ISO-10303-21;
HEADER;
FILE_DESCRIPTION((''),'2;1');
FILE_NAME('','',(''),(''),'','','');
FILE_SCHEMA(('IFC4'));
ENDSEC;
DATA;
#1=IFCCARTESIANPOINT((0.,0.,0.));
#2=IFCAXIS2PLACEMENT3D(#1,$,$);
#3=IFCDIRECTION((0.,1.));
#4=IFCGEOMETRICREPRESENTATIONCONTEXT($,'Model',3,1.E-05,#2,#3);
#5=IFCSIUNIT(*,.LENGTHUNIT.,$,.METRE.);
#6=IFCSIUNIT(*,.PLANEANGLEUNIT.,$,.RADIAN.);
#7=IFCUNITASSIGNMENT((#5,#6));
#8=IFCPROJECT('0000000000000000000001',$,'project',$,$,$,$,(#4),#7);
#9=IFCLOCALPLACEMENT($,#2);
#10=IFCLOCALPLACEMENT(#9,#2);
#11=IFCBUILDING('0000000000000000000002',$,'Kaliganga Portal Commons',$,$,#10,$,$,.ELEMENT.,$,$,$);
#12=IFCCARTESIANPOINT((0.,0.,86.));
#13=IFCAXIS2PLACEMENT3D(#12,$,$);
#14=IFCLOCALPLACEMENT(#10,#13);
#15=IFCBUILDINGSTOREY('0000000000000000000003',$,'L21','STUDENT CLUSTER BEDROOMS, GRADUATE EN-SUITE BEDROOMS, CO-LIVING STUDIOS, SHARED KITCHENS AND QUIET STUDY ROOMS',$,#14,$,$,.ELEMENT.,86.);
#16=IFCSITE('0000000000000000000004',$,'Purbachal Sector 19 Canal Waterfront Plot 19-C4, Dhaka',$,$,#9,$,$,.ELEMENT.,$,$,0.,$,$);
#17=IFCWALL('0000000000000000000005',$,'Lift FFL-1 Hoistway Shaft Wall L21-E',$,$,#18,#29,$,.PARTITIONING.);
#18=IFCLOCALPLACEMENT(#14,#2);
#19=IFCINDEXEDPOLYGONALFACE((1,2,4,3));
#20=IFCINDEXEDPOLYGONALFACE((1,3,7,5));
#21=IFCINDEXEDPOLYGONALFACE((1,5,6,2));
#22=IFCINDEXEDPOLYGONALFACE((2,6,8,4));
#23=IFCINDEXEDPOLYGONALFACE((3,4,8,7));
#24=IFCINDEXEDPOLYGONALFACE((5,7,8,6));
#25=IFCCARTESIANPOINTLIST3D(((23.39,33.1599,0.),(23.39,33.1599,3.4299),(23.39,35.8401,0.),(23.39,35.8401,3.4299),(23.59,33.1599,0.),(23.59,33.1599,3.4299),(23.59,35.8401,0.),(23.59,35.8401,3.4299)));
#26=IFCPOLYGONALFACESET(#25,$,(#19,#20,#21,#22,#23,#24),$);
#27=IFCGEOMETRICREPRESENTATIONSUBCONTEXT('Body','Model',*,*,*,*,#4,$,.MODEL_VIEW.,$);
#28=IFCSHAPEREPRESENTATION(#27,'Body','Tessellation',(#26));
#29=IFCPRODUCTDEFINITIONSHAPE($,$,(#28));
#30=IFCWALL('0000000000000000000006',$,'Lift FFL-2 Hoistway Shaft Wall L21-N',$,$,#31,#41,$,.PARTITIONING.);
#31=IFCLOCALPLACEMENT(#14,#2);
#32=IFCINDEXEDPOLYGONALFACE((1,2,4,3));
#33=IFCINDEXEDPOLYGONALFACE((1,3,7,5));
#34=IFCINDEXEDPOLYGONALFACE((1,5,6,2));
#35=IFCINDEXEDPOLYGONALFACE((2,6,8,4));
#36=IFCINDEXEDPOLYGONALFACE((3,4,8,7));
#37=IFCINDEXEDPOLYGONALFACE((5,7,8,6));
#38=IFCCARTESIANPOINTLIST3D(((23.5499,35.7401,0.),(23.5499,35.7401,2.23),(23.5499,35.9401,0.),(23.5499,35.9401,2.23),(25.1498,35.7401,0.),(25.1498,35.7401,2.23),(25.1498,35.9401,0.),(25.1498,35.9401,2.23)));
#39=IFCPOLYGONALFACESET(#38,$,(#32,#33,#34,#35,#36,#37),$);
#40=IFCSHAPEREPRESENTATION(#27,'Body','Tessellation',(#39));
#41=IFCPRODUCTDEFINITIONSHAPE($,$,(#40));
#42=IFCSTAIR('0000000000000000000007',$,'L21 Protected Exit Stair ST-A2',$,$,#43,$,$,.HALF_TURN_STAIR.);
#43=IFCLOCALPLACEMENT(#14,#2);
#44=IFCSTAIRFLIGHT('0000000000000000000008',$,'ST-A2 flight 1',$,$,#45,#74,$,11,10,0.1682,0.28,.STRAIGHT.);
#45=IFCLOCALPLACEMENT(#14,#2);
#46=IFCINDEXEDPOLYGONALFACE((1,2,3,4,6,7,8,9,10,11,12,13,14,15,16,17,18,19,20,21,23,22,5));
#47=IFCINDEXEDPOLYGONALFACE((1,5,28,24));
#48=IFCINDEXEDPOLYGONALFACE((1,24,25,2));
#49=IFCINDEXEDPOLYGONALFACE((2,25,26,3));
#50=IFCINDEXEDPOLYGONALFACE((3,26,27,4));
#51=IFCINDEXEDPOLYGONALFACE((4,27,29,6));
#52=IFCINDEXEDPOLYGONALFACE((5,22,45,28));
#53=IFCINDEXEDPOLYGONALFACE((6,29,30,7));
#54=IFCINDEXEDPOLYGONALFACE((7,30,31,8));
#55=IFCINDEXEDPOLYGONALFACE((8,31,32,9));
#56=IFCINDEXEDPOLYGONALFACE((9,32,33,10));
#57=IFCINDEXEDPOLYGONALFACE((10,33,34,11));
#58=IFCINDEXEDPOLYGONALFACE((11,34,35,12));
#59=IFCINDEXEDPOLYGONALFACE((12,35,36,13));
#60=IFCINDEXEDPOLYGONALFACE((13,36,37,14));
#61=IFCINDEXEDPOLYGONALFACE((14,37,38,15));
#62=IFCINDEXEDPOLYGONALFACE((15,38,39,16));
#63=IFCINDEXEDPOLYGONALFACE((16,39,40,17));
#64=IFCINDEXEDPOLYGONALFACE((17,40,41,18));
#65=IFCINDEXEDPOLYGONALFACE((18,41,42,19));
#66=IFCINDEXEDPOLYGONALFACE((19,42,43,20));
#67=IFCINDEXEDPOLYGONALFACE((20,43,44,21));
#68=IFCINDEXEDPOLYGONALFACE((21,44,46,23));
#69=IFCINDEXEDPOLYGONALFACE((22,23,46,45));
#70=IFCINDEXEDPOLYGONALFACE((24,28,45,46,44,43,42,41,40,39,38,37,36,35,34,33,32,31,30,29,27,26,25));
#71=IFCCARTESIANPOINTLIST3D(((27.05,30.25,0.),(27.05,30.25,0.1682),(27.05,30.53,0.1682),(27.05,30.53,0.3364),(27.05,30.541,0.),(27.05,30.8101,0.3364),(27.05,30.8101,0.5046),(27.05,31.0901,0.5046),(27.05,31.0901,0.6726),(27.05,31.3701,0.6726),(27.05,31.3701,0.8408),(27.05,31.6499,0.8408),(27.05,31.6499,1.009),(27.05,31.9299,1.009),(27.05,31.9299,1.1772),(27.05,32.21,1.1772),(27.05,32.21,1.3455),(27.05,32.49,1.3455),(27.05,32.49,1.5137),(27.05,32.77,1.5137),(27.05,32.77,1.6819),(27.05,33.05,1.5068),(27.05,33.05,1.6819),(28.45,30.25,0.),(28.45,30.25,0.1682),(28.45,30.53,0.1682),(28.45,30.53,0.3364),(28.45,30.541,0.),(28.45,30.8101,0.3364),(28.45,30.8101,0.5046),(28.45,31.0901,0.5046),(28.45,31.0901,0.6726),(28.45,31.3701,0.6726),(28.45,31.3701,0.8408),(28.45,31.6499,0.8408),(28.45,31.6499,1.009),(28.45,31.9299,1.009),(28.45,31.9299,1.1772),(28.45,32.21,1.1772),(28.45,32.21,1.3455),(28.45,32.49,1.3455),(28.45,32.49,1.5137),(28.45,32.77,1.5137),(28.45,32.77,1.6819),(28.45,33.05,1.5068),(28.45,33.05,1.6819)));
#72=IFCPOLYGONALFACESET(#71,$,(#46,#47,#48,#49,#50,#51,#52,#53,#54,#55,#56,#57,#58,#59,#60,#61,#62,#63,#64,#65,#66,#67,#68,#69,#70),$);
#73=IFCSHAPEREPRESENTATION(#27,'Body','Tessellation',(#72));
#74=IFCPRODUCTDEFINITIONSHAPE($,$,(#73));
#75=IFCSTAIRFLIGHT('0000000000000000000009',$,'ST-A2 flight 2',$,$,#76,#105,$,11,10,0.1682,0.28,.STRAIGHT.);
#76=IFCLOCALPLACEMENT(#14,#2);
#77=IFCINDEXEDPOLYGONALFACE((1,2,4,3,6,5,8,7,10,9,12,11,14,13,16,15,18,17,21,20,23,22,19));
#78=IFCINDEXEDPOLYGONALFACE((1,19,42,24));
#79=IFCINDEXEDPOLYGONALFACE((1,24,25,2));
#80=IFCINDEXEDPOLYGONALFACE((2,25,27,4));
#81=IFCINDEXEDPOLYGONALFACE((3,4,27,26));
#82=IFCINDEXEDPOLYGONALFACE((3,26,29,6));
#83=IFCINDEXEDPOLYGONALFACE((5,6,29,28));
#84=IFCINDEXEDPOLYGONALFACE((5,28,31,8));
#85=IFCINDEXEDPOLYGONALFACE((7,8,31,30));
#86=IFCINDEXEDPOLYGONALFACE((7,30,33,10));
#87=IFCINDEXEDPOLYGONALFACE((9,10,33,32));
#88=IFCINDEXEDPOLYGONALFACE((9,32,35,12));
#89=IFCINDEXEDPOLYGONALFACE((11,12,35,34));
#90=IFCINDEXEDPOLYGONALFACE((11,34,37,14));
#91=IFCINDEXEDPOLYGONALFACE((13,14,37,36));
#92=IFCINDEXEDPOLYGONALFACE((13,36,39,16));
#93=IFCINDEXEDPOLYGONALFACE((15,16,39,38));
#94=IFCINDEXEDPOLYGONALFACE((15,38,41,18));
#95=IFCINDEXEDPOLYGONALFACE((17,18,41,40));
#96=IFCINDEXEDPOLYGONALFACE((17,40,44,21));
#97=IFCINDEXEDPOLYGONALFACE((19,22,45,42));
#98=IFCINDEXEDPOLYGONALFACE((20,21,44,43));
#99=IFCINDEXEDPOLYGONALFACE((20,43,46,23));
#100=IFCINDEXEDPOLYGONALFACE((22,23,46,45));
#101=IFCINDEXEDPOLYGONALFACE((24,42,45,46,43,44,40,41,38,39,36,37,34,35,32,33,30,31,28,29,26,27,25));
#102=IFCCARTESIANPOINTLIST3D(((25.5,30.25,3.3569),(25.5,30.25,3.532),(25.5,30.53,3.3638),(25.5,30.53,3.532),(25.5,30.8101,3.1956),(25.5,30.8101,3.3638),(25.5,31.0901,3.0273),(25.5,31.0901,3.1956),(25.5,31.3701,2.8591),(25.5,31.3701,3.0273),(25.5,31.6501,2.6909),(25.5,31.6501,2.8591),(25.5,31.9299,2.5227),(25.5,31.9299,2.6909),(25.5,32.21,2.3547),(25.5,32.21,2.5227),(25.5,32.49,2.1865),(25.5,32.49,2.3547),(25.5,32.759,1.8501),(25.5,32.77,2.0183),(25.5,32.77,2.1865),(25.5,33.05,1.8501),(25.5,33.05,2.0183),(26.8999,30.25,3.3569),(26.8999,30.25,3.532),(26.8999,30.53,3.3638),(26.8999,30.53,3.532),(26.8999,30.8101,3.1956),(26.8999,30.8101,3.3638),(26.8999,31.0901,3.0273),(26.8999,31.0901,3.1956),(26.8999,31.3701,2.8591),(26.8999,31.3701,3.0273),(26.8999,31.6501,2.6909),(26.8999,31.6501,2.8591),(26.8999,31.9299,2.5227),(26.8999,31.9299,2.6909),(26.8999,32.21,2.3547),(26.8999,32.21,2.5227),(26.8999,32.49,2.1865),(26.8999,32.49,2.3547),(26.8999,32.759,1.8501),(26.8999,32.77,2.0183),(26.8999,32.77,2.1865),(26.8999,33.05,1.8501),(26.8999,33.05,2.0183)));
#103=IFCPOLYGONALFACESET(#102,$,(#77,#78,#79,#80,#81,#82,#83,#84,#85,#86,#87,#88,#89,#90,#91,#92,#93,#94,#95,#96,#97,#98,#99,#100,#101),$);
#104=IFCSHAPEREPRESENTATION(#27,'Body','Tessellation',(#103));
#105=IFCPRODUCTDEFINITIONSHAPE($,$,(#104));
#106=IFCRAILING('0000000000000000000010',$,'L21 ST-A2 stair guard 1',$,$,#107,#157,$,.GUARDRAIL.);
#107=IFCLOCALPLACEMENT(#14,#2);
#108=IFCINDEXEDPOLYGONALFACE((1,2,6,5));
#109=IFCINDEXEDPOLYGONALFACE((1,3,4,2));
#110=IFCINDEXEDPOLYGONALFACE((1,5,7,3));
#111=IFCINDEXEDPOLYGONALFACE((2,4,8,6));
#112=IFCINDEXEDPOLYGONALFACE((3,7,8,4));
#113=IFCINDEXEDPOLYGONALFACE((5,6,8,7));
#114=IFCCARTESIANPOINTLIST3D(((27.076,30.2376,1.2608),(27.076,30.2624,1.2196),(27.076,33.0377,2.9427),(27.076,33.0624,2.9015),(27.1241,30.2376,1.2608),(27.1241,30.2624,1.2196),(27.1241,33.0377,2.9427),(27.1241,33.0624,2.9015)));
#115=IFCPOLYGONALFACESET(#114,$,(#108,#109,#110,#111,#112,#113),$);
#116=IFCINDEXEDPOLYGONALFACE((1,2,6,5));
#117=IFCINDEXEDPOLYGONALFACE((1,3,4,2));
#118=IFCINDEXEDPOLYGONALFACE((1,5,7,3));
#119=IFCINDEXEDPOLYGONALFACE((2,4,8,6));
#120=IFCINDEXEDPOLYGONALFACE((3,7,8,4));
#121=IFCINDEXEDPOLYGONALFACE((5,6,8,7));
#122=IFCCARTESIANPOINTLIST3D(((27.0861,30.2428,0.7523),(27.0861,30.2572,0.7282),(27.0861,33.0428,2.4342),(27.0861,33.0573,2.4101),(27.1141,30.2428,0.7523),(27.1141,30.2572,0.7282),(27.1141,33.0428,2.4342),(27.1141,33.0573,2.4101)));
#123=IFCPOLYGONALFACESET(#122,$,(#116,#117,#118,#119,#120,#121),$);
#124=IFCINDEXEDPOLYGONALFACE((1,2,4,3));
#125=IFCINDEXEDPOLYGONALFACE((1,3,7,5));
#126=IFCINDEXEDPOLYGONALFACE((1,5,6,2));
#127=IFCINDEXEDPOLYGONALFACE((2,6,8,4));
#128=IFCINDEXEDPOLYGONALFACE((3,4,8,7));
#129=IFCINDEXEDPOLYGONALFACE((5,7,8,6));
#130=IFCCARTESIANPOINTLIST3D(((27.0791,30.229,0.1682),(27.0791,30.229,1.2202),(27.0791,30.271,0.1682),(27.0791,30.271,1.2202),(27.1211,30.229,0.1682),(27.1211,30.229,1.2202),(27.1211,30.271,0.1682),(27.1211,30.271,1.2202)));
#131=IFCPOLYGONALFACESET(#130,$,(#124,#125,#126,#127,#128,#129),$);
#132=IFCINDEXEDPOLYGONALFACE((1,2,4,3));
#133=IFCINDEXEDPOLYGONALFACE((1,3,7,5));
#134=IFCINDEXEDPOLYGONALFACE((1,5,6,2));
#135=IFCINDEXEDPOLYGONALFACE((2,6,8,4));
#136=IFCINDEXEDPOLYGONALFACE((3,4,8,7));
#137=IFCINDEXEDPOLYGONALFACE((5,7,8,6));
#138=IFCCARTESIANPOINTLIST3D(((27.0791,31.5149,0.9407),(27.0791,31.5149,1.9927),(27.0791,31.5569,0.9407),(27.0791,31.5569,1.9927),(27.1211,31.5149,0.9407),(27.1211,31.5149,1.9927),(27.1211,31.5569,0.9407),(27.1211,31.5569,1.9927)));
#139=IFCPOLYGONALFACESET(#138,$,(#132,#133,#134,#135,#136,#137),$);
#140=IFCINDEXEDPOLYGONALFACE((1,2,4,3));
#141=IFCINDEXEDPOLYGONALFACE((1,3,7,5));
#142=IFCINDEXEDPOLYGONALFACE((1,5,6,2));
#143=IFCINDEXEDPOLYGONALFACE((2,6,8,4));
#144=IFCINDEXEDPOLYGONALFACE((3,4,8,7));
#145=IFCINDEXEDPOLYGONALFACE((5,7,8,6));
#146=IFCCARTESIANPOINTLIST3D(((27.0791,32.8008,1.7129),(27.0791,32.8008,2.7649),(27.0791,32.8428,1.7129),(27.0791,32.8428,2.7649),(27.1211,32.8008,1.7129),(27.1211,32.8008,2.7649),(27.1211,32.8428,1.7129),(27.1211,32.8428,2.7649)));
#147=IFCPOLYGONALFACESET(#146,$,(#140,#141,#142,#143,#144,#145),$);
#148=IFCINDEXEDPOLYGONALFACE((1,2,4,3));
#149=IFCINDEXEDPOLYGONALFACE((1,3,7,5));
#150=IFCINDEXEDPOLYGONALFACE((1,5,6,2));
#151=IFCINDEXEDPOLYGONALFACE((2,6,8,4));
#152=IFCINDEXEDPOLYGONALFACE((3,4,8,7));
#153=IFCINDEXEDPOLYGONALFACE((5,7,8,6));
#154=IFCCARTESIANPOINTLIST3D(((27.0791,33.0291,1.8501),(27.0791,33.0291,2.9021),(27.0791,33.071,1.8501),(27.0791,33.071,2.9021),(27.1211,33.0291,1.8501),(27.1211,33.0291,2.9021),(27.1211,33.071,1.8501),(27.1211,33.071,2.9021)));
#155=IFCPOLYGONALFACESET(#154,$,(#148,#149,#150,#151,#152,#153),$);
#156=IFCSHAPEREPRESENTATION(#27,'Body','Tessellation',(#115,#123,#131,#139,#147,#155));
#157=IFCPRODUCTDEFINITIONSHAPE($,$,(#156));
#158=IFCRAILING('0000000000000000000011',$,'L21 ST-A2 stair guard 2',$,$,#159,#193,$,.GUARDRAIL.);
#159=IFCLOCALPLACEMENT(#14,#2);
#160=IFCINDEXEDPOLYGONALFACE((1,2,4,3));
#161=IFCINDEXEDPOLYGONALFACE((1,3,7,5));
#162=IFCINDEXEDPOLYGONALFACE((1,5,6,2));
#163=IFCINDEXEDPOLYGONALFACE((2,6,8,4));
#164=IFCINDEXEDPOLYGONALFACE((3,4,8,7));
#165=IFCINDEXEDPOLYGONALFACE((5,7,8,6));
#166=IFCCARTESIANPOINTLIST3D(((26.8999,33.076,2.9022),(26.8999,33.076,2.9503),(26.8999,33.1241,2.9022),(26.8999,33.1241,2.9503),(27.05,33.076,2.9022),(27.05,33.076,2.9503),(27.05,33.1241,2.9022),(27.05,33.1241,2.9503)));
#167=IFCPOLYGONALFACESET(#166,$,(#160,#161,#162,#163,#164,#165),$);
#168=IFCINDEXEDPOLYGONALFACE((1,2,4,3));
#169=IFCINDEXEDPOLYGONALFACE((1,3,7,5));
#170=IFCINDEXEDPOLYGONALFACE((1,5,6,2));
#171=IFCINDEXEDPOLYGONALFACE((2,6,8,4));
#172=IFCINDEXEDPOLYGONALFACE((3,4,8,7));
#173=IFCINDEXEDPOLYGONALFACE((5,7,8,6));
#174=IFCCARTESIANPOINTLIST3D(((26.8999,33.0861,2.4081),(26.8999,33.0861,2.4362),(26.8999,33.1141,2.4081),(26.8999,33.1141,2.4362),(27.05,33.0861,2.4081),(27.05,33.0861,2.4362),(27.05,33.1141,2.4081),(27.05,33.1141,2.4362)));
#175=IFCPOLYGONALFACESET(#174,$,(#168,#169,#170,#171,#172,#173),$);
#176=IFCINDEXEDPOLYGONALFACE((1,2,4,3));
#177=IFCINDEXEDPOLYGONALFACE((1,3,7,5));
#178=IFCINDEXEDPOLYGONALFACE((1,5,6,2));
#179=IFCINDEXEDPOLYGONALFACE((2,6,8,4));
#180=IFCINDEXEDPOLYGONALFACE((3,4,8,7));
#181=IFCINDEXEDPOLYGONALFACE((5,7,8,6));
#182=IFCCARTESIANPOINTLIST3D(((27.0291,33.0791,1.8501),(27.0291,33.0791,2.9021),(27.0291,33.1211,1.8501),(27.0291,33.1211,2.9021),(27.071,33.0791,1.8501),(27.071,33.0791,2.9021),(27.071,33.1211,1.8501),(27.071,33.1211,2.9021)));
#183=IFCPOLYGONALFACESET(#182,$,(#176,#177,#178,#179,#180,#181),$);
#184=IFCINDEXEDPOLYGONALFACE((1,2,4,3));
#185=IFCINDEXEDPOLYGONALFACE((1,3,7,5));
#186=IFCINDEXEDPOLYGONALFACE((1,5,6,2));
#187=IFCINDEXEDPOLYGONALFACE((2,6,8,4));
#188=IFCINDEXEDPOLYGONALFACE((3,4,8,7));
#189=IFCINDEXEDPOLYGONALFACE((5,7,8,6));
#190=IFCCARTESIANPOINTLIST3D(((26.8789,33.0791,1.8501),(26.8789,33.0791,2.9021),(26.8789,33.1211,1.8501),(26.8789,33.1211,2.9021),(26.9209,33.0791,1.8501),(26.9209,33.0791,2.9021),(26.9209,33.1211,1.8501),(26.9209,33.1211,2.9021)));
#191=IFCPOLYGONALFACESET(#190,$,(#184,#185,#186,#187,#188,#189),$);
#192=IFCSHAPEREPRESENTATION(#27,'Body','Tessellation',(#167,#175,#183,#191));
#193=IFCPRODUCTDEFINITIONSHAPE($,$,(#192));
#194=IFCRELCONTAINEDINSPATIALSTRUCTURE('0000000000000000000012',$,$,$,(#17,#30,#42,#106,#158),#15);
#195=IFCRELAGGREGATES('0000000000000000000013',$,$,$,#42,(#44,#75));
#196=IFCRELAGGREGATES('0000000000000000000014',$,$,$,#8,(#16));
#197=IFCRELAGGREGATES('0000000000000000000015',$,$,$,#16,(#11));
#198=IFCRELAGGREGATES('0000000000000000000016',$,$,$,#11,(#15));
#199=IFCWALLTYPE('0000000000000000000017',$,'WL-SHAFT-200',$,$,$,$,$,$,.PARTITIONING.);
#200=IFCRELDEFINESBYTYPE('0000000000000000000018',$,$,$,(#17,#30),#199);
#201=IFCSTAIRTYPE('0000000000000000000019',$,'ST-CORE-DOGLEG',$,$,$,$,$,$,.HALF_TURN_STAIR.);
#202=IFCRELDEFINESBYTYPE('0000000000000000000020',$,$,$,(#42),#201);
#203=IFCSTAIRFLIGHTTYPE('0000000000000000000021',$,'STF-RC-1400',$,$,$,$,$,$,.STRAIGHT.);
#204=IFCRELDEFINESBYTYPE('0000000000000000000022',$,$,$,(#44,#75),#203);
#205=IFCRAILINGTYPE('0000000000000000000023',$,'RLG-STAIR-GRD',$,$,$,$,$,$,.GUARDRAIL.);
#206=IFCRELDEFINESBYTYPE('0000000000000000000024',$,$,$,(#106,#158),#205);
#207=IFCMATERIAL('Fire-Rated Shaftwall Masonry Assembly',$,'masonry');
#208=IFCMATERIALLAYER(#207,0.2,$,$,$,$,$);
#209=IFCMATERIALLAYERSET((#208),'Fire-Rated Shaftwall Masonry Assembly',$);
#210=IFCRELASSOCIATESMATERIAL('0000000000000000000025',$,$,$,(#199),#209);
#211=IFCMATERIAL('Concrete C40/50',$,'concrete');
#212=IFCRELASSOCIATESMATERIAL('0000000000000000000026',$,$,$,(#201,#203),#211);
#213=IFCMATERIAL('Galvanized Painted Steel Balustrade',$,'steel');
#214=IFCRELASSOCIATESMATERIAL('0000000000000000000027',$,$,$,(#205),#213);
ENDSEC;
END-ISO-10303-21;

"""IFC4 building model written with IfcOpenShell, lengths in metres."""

from ifc_helpers import new_model, si_unit, direction, frame, frame_2d, origin, origin_2d, place, context, subcontext, project, spatial, polyline, rectangle, outline, extrude, material, layer, layer_set, type_object, element, aggregate, save


model = new_model("IFC4")

# Units and contexts
model_context = context("Model", 3, precision=1e-05, world=origin(), true_north=direction((0.0, 1.0)))
body_context = subcontext(model_context, "Body", "Model", "MODEL_VIEW")
ifc_project = project(units=[si_unit("LENGTHUNIT", "METRE"), si_unit("PLANEANGLEUNIT", "RADIAN")], contexts=[model_context])

# Site, building, storey
site_placement = place(None, origin())
site = spatial("IfcSite", under=ifc_project, at=site_placement, Name="Purbachal Sector 19 Canal Waterfront Plot 19-C4, Dhaka", CompositionType="ELEMENT", RefElevation=0.0)
building_placement = place(site_placement, origin())
building = spatial("IfcBuilding", under=site, at=building_placement, Name="Kaliganga Portal Commons", CompositionType="ELEMENT")
storey_placement = place(building_placement, frame((0.0, 0.0, 86.0)))
storey = spatial("IfcBuildingStorey", under=building, at=storey_placement, Name="L21", Description="STUDENT CLUSTER BEDROOMS, GRADUATE EN-SUITE BEDROOMS, CO-LIVING STUDIOS, SHARED KITCHENS AND QUIET STUDY ROOMS", CompositionType="ELEMENT", Elevation=86.0)

# Shared definitions
ifc_material_1 = material(Name="Fire-Rated Shaftwall Masonry Assembly", Category="masonry")
ifc_layer_1 = layer(ifc_material_1, 0.2)
ifc_layer_set_1 = layer_set([ifc_layer_1], Name="Fire-Rated Shaftwall Masonry Assembly")
wall_type_1 = type_object("IfcWallType", Name="WL-SHAFT-200", PredefinedType="PARTITIONING", material=ifc_layer_set_1)

# Wall
wall_1_placement = place(storey_placement, frame((23.49, 33.1599, 0.0), z_axis=(0.0, 0.0, 1.0), x_axis=(0.0, 1.0, 0.0)))
element("IfcWall", 1, at=wall_1_placement, inside=storey, type_object=wall_type_1, Name="Lift FFL-1 Hoistway Shaft Wall L21-E", PredefinedType="PARTITIONING", context=body_context, shape_type="SweptSolid", body=[
    extrude(rectangle(XDim=2.6802, YDim=0.2, at=frame_2d((1.3401, 0.0))), origin(), (0.0, 0.0, 1.0), 3.4299),
])

# Wall
wall_2_placement = place(storey_placement, frame((23.55, 35.8401, 0.0), z_axis=(0.0, 0.0, 1.0), x_axis=(1.0, 0.0, 0.0)))
element("IfcWall", 2, at=wall_2_placement, inside=storey, type_object=wall_type_1, Name="Lift FFL-2 Hoistway Shaft Wall L21-N", PredefinedType="PARTITIONING", context=body_context, shape_type="SweptSolid", body=[
    extrude(rectangle(XDim=1.5999, YDim=0.2, at=frame_2d((0.7998, 0.0))), origin(), (0.0, 0.0, 1.0), 2.23),
])

# Stair, stair flights
ifc_material_2 = material(Name="Concrete C40/50", Category="concrete")
stair_type = type_object("IfcStairType", Name="ST-CORE-DOGLEG", PredefinedType="HALF_TURN_STAIR", material=ifc_material_2)
stair_placement = place(storey_placement, origin())
stair = element("IfcStair", 3, at=stair_placement, inside=storey, type_object=stair_type, Name="L21 Protected Exit Stair ST-A2", PredefinedType="HALF_TURN_STAIR")
stair_flight_type = type_object("IfcStairFlightType", Name="STF-RC-1400", PredefinedType="STRAIGHT", material=ifc_material_2)
stair_flight_1_placement = place(storey_placement, frame((27.75, 30.25, 0.0), z_axis=(0.0, 0.0, 1.0), x_axis=(0.0, 1.0, 0.0)))
stair_flight_1 = element("IfcStairFlight", 4, at=stair_flight_1_placement, type_object=stair_flight_type, Name="ST-A2 flight 1", NumberOfRisers=11, NumberOfTreads=10, PredefinedType="STRAIGHT", RiserHeight=0.1682, TreadLength=0.28, context=body_context, shape_type="SweptSolid", body=[
    extrude(outline(polyline([(0.0, 0.0), (0.0, 0.1682), (0.28, 0.1682), (0.28, 0.3364), (0.5601, 0.3364), (0.5601, 0.5046), (0.8401, 0.5046), (0.8401, 0.6726), (1.1201, 0.6726), (1.1201, 0.8408), (1.3999, 0.8408), (1.3999, 1.009), (1.6799, 1.009), (1.6799, 1.1772), (1.96, 1.1772), (1.96, 1.3455), (2.24, 1.3455), (2.24, 1.5137), (2.52, 1.5137), (2.52, 1.6819), (2.8, 1.6819), (2.8, 1.8501), (2.8, 1.5068), (0.291, 0.0), (0.0, 0.0)])), frame((0.0, 0.7, 0.0), z_axis=(0.0, -1.0, 0.0), x_axis=(1.0, 0.0, 0.0)), (0.0, 0.0, 1.0), 1.3999),
])
stair_flight_2_placement = place(storey_placement, frame((26.2, 33.05, 1.8501), z_axis=(0.0, 0.0, 1.0), x_axis=(0.0, -1.0, 0.0)))
stair_flight_2 = element("IfcStairFlight", 5, at=stair_flight_2_placement, type_object=stair_flight_type, Name="ST-A2 flight 2", NumberOfRisers=11, NumberOfTreads=10, PredefinedType="STRAIGHT", RiserHeight=0.1682, TreadLength=0.28, context=body_context, shape_type="SweptSolid", body=[
    extrude(outline(polyline([(0.0, 0.0), (0.0, 0.1682), (0.28, 0.1682), (0.28, 0.3364), (0.5601, 0.3364), (0.5601, 0.5046), (0.8401, 0.5046), (0.8401, 0.6726), (1.1201, 0.6726), (1.1201, 0.8408), (1.3999, 0.8408), (1.3999, 1.009), (1.6799, 1.009), (1.6799, 1.1772), (1.96, 1.1772), (1.96, 1.3455), (2.24, 1.3455), (2.24, 1.5137), (2.52, 1.5137), (2.52, 1.6819), (2.8, 1.6819), (2.8, 1.8501), (2.8, 1.5068), (0.291, 0.0), (0.0, 0.0)])), frame((0.0, 0.7, 0.0), z_axis=(0.0, -1.0, 0.0), x_axis=(1.0, 0.0, 0.0)), (0.0, 0.0, 1.0), 1.3999),
])
aggregate(stair, [stair_flight_1, stair_flight_2])

# Railings
ifc_material_3 = material(Name="Galvanized Painted Steel Balustrade", Category="steel")
railing_type_1 = type_object("IfcRailingType", Name="RLG-STAIR-GRD", PredefinedType="GUARDRAIL", material=ifc_material_3)
railing_1_placement = place(storey_placement, frame((27.1001, 30.25, 0.1682)))
element("IfcRailing", 6, at=railing_1_placement, inside=storey, type_object=railing_type_1, Name="L21 ST-A2 stair guard 1", PredefinedType="GUARDRAIL", context=body_context, shape_type="SweptSolid", body=[
    extrude(rectangle(XDim=0.0481, YDim=0.0481, at=origin_2d()), frame((0.0, 0.0, 1.072), z_axis=(0.0, 0.857242, 0.514913), x_axis=(-1.0, 0.0, 0.0)), (0.0, 0.0, 1.0), 3.2664),
    extrude(rectangle(XDim=0.0281, YDim=0.0281, at=origin_2d()), frame((0.0, 0.0, 0.572), z_axis=(0.0, 0.857242, 0.514913), x_axis=(-1.0, 0.0, 0.0)), (0.0, 0.0, 1.0), 3.2664),
    extrude(rectangle(XDim=0.042, YDim=0.042, at=origin_2d()), origin(), (0.0, 0.0, 1.0), 1.052),
    extrude(rectangle(XDim=0.042, YDim=0.042, at=origin_2d()), frame((0.0, 1.2859, 0.7725)), (0.0, 0.0, 1.0), 1.052),
    extrude(rectangle(XDim=0.042, YDim=0.042, at=origin_2d()), frame((0.0, 2.5718, 1.5447)), (0.0, 0.0, 1.0), 1.052),
    extrude(rectangle(XDim=0.042, YDim=0.042, at=origin_2d()), frame((0.0, 2.8, 1.6819)), (0.0, 0.0, 1.0), 1.052),
])
railing_2_placement = place(storey_placement, frame((27.05, 33.1001, 1.8501)))
element("IfcRailing", 7, at=railing_2_placement, inside=storey, type_object=railing_type_1, Name="L21 ST-A2 stair guard 2", PredefinedType="GUARDRAIL", context=body_context, shape_type="SweptSolid", body=[
    extrude(rectangle(XDim=0.0481, YDim=0.0481, at=origin_2d()), frame((0.0, 0.0, 1.0762), z_axis=(-1.0, 0.0, 0.0), x_axis=(0.0, -1.0, 0.0)), (0.0, 0.0, 1.0), 0.1501),
    extrude(rectangle(XDim=0.0281, YDim=0.0281, at=origin_2d()), frame((0.0, 0.0, 0.572), z_axis=(-1.0, 0.0, 0.0), x_axis=(0.0, -1.0, 0.0)), (0.0, 0.0, 1.0), 0.1501),
    extrude(rectangle(XDim=0.042, YDim=0.042, at=origin_2d()), origin(), (0.0, 0.0, 1.0), 1.052),
    extrude(rectangle(XDim=0.042, YDim=0.042, at=origin_2d()), frame((-0.1501, 0.0, 0.0)), (0.0, 0.0, 1.0), 1.052),
])

save(model, "model.ifc")
